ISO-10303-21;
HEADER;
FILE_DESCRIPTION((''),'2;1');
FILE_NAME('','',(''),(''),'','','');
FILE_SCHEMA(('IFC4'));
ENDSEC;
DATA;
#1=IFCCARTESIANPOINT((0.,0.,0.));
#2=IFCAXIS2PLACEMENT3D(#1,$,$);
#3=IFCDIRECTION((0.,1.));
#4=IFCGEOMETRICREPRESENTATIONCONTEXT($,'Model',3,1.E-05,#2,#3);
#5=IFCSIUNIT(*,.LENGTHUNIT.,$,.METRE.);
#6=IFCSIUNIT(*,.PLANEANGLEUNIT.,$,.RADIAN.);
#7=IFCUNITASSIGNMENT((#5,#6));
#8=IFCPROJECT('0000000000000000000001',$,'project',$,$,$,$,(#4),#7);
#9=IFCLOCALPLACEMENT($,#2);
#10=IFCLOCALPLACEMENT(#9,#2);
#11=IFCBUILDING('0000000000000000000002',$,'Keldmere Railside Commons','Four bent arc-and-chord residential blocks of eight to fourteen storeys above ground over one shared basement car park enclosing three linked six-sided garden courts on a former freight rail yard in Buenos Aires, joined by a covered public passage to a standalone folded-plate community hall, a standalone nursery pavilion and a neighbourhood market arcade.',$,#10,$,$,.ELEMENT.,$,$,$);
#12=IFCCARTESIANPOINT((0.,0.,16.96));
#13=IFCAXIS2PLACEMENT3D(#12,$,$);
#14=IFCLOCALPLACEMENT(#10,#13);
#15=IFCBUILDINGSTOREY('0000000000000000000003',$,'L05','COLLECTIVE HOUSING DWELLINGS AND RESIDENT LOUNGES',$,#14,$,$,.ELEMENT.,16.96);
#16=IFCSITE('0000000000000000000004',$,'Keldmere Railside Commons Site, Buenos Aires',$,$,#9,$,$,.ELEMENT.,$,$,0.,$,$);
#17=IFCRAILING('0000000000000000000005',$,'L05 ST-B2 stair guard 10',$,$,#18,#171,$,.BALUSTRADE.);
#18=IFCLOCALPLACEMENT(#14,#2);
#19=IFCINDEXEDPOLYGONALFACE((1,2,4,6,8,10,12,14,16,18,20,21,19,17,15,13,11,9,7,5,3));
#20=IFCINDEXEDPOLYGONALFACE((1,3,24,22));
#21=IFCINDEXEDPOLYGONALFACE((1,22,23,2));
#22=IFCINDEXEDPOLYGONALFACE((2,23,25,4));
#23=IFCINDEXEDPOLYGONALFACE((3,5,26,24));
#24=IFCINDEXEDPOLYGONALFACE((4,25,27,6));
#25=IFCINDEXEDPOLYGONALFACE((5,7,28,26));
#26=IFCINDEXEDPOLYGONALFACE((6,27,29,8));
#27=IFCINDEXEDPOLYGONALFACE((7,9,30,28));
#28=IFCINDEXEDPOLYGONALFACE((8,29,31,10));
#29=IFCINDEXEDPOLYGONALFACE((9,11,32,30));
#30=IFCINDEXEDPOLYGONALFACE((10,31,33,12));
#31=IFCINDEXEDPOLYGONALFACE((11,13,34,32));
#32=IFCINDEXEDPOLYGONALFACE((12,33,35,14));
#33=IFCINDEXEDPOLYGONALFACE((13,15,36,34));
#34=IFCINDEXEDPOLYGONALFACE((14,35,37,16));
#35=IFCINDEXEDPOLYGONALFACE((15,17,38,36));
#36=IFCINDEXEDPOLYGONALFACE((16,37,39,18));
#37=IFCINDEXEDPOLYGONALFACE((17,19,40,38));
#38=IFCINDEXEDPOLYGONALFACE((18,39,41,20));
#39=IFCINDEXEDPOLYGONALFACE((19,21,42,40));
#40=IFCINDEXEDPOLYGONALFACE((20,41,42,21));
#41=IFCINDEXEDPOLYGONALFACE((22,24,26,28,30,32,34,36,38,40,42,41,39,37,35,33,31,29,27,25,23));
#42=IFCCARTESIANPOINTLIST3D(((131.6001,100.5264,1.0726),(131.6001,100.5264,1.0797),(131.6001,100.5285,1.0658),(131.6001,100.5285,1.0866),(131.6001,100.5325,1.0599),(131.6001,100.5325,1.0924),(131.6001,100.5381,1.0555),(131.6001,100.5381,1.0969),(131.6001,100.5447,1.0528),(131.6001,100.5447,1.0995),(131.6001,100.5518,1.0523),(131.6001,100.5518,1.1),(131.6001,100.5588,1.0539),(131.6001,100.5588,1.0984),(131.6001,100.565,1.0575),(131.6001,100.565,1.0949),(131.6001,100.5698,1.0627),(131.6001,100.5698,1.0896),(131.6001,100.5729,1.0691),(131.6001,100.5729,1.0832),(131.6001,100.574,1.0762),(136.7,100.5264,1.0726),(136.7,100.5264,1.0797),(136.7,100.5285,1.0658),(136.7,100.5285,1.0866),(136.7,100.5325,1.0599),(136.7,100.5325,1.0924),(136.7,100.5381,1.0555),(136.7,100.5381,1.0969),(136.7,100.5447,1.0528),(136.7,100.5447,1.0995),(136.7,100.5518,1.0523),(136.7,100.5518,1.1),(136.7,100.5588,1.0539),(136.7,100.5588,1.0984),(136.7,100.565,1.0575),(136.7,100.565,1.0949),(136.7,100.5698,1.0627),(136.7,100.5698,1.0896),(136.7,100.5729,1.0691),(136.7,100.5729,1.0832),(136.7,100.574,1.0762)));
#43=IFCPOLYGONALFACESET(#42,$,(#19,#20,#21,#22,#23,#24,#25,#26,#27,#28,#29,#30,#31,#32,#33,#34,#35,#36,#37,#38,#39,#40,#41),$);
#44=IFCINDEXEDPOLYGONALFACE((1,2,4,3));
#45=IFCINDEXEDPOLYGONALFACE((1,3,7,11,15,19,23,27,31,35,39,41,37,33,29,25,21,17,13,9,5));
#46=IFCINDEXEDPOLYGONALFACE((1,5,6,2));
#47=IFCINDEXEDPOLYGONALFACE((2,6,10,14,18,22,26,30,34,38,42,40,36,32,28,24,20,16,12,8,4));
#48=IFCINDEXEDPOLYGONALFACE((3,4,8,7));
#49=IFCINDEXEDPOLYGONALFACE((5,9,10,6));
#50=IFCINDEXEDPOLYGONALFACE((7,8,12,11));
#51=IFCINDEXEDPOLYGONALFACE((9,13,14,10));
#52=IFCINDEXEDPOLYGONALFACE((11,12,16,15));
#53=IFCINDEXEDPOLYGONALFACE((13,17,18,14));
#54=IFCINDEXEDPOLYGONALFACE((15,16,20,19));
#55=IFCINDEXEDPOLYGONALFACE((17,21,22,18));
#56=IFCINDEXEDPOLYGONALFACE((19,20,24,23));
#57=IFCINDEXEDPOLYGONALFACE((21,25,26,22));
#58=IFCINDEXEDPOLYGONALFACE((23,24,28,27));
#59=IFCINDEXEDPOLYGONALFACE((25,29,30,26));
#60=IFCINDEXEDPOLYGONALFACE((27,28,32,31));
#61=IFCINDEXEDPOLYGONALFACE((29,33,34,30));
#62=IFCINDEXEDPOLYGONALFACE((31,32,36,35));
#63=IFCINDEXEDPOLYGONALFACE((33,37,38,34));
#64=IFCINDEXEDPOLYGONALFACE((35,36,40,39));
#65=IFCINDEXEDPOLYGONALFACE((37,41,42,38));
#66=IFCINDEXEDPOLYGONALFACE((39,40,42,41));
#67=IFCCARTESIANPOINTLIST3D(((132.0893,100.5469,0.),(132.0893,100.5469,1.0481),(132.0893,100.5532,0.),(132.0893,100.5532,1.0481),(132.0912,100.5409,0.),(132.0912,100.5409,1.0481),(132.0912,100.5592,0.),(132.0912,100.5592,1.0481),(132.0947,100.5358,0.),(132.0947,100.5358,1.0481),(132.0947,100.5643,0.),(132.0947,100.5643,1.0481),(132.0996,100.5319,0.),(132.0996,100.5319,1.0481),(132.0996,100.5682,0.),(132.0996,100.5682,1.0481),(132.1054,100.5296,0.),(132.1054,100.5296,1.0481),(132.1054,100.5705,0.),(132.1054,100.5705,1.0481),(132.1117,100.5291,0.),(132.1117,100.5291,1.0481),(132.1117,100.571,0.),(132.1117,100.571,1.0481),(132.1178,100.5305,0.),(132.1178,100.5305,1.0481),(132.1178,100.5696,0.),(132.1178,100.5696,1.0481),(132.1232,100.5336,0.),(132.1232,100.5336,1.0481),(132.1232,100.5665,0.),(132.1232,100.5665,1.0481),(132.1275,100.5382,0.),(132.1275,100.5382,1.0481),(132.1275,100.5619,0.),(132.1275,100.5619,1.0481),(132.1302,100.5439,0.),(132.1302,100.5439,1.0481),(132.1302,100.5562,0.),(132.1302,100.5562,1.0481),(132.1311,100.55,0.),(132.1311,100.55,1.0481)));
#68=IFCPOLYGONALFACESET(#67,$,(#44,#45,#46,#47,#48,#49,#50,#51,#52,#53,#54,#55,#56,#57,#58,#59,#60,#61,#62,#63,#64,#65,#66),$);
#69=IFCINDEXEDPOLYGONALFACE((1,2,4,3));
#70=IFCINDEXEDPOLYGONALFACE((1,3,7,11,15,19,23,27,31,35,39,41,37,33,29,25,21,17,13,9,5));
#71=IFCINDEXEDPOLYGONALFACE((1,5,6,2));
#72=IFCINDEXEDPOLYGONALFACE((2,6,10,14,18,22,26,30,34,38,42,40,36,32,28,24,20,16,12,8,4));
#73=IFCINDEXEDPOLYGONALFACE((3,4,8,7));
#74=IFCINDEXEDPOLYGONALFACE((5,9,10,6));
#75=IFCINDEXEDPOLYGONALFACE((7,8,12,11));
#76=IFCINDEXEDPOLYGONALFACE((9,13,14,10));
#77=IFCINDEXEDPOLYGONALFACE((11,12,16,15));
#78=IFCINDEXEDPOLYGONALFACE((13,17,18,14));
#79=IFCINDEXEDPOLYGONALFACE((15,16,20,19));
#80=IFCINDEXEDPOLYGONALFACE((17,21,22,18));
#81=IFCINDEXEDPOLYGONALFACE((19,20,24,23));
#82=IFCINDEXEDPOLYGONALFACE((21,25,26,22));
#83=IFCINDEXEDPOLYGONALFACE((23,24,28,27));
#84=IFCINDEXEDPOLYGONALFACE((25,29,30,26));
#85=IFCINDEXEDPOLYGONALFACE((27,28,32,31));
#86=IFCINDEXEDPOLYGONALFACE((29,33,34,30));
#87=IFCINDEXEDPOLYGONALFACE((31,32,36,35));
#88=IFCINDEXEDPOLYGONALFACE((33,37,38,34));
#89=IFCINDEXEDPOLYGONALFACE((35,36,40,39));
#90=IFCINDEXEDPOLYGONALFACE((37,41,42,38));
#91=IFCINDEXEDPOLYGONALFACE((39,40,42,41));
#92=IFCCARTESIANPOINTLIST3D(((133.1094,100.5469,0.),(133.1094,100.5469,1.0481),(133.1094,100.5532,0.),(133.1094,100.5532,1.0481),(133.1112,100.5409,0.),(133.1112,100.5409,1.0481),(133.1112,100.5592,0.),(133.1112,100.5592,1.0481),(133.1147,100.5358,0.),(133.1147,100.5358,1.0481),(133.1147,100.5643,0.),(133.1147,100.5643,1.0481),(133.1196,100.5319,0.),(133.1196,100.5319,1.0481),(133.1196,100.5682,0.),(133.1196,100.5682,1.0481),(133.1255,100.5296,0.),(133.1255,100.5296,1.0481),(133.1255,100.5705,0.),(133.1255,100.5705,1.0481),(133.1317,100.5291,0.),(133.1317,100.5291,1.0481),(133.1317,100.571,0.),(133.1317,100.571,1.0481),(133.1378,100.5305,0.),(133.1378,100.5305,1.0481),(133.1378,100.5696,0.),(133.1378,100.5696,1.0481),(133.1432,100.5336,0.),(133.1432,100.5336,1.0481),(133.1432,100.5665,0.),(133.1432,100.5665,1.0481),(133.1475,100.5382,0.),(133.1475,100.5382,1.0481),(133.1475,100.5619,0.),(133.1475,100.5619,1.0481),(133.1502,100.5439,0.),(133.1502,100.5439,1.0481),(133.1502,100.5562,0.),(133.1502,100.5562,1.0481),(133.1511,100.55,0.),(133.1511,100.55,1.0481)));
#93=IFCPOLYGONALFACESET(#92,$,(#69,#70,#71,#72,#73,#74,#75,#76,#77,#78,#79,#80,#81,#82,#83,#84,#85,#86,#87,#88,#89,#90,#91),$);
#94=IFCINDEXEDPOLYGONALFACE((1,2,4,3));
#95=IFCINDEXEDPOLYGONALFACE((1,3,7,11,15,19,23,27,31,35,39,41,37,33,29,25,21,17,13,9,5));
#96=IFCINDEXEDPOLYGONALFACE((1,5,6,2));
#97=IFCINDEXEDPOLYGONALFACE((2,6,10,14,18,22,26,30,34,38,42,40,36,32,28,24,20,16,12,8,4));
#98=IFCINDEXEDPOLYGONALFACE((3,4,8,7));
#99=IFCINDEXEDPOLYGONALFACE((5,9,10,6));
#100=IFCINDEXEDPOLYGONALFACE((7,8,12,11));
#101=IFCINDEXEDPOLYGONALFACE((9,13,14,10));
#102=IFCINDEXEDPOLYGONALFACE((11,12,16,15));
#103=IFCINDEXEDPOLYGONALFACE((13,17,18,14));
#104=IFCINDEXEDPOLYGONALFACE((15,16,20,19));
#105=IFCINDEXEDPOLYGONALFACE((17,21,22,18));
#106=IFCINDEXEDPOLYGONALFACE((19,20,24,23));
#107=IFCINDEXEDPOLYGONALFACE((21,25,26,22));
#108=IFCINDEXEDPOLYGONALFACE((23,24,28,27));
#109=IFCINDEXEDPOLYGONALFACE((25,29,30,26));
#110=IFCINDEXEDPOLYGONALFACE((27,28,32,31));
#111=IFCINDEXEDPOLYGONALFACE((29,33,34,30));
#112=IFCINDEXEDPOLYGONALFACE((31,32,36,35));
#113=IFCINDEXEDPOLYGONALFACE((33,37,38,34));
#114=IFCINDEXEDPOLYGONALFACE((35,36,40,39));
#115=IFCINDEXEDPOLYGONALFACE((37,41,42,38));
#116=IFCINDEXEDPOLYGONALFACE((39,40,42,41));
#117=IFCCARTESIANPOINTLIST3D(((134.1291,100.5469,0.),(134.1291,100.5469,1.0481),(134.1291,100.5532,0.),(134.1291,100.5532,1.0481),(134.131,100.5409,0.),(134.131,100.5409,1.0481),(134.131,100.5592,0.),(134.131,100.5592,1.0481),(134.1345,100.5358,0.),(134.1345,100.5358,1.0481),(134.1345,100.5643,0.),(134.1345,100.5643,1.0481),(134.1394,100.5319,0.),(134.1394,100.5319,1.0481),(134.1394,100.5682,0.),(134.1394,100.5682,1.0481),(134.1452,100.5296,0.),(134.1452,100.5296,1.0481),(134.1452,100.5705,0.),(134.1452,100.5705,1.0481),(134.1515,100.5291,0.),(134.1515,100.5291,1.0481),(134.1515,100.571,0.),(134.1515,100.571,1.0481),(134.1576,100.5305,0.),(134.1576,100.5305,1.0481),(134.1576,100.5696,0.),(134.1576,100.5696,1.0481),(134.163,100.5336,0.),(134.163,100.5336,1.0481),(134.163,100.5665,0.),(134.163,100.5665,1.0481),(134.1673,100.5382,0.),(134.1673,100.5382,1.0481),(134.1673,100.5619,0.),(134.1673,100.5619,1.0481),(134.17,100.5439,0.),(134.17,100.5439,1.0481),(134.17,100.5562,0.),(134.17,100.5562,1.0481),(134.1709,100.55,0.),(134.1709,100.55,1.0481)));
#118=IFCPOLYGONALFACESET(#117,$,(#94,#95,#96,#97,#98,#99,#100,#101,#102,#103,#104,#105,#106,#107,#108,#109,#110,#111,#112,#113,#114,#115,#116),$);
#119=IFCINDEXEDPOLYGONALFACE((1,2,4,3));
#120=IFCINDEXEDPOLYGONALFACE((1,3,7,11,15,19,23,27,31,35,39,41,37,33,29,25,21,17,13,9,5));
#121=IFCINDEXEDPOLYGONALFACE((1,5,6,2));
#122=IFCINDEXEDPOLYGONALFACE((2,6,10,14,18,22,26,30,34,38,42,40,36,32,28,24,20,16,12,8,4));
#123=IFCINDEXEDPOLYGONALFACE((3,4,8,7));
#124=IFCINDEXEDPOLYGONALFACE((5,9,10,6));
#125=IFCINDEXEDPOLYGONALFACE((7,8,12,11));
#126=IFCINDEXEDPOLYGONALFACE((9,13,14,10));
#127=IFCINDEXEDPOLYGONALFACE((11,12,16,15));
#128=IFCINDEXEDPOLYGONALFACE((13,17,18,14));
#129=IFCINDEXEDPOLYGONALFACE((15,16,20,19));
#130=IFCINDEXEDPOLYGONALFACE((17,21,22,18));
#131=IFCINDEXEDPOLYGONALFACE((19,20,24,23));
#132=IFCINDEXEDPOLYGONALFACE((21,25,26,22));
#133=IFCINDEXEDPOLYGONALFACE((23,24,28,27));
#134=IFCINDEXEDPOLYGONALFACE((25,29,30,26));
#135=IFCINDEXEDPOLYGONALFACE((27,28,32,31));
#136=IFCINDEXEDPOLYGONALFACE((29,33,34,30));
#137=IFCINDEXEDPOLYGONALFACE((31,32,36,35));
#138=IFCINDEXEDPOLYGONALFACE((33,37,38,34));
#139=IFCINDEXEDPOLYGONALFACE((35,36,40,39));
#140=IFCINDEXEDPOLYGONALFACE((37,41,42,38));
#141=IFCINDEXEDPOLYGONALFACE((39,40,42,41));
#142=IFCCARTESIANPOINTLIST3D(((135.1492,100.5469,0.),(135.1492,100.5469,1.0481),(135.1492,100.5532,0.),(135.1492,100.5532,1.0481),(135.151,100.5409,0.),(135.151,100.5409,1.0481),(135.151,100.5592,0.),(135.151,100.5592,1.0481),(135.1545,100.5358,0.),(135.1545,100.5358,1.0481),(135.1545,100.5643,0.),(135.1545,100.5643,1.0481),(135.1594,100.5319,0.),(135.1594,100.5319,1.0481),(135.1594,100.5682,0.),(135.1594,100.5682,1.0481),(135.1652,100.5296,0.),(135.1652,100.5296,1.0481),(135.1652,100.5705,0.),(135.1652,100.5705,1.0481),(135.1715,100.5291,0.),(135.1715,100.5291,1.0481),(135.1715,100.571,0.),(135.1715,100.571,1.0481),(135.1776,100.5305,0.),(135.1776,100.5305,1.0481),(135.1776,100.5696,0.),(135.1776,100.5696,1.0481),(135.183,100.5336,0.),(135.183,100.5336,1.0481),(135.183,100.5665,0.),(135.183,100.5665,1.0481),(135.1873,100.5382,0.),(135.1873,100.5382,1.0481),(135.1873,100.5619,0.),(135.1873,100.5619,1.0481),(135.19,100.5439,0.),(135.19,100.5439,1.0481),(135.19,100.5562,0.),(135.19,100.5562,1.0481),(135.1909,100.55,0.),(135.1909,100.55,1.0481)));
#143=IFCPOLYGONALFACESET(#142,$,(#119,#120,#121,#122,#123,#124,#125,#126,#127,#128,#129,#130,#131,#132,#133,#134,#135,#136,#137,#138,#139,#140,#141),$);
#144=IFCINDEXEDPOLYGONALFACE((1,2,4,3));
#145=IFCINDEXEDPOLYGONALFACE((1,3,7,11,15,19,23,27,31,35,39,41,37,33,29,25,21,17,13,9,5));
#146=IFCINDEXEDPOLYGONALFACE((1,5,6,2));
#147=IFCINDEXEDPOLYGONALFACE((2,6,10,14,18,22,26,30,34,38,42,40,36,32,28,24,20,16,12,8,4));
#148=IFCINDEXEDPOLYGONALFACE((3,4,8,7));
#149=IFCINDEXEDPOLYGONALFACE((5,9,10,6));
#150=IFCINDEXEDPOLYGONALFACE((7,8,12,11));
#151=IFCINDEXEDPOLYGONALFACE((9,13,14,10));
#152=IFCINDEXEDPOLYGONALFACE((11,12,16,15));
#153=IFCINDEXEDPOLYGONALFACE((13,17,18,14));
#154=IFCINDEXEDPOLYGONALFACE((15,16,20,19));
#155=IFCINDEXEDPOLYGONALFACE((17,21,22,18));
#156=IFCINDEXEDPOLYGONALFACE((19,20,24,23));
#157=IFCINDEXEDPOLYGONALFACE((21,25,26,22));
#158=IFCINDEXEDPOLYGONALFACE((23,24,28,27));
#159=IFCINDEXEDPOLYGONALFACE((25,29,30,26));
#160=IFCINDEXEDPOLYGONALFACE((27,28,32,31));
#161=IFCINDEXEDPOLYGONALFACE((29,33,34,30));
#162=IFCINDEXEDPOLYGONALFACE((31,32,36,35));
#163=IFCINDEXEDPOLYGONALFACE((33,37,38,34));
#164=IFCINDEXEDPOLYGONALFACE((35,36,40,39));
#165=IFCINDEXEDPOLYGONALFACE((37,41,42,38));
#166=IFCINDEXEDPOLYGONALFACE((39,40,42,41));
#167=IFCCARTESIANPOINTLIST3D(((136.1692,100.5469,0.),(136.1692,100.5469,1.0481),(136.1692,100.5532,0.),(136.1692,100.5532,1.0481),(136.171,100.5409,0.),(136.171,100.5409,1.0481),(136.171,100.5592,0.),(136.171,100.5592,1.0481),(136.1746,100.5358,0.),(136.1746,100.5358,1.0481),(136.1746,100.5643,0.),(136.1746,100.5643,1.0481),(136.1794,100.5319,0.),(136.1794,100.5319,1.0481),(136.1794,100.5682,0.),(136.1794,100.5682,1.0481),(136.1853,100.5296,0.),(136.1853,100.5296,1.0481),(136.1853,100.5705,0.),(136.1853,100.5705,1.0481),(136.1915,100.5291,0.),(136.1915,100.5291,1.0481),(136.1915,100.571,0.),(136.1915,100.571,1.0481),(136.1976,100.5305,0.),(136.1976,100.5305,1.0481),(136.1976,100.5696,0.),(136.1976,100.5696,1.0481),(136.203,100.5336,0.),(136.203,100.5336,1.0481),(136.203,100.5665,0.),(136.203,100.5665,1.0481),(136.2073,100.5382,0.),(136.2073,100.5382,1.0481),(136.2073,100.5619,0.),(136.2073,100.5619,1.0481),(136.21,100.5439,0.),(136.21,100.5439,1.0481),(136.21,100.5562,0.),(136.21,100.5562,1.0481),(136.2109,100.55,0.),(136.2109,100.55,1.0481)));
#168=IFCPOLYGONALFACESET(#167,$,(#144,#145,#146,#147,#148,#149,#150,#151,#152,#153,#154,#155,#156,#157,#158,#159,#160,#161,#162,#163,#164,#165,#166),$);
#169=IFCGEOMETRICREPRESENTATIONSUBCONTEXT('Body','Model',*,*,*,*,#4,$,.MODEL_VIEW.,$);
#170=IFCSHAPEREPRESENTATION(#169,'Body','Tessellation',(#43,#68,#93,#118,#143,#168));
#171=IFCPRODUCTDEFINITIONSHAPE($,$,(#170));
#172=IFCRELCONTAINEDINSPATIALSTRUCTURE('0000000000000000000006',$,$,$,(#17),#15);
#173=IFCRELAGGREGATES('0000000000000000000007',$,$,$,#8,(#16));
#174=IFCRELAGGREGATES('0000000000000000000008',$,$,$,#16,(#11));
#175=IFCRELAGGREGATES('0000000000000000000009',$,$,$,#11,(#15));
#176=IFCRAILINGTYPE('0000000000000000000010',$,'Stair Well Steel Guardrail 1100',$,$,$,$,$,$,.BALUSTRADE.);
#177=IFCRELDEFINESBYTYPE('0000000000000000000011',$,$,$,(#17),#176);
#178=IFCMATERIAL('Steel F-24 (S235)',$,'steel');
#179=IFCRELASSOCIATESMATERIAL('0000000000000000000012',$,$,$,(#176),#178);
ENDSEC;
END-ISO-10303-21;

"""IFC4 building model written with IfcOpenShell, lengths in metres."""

from ifc_helpers import new_model, si_unit, direction, frame, origin, origin_2d, place, context, subcontext, project, spatial, circle, extrude, material, type_object, element, save


model = new_model("IFC4")

# Units and contexts
model_context = context("Model", 3, precision=1e-05, world=origin(), true_north=direction((0.0, 1.0)))
body_context = subcontext(model_context, "Body", "Model", "MODEL_VIEW")
ifc_project = project(units=[si_unit("LENGTHUNIT", "METRE"), si_unit("PLANEANGLEUNIT", "RADIAN")], contexts=[model_context])

# Site, building, storey
site_placement = place(None, origin())
site = spatial("IfcSite", under=ifc_project, at=site_placement, Name="Keldmere Railside Commons Site, Buenos Aires", CompositionType="ELEMENT", RefElevation=0.0)
building_placement = place(site_placement, origin())
building = spatial("IfcBuilding", under=site, at=building_placement, Name="Keldmere Railside Commons", Description="Four bent arc-and-chord residential blocks of eight to fourteen storeys above ground over one shared basement car park enclosing three linked six-sided garden courts on a former freight rail yard in Buenos Aires, joined by a covered public passage to a standalone folded-plate community hall, a standalone nursery pavilion and a neighbourhood market arcade.", CompositionType="ELEMENT")
storey_placement = place(building_placement, frame((0.0, 0.0, 16.96)))
storey = spatial("IfcBuildingStorey", under=building, at=storey_placement, Name="L05", Description="COLLECTIVE HOUSING DWELLINGS AND RESIDENT LOUNGES", CompositionType="ELEMENT", Elevation=16.96)

# Railing
ifc_material_1 = material(Name="Steel F-24 (S235)", Category="steel")
railing_type = type_object("IfcRailingType", Name="Stair Well Steel Guardrail 1100", PredefinedType="BALUSTRADE", material=ifc_material_1)
for number, where, name in (
    (1, (131.6001, 100.55, 0.0), "L05 ST-B2 stair guard 10"),
):
    element("IfcRailing", number, at=place(storey_placement, frame(where)), inside=storey, type_object=railing_type, Name=name, PredefinedType="BALUSTRADE", context=body_context, shape_type="SweptSolid", body=[
        extrude(circle(Radius=0.0239, at=origin_2d()), frame((0.0, 0.0, 1.0762), z_axis=(1.0, 0.0, 0.0), x_axis=(0.0, 1.0, 0.0)), (0.0, 0.0, 1.0), 5.0999),
        extrude(circle(Radius=0.021, at=origin_2d()), frame((0.51, 0.0, 0.0)), (0.0, 0.0, 1.0), 1.0481),
        extrude(circle(Radius=0.021, at=origin_2d()), frame((1.53, 0.0, 0.0)), (0.0, 0.0, 1.0), 1.0481),
        extrude(circle(Radius=0.021, at=origin_2d()), frame((2.5498, 0.0, 0.0)), (0.0, 0.0, 1.0), 1.0481),
        extrude(circle(Radius=0.021, at=origin_2d()), frame((3.5698, 0.0, 0.0)), (0.0, 0.0, 1.0), 1.0481),
        extrude(circle(Radius=0.021, at=origin_2d()), frame((4.5898, 0.0, 0.0)), (0.0, 0.0, 1.0), 1.0481),
    ])

save(model, "model.ifc")
